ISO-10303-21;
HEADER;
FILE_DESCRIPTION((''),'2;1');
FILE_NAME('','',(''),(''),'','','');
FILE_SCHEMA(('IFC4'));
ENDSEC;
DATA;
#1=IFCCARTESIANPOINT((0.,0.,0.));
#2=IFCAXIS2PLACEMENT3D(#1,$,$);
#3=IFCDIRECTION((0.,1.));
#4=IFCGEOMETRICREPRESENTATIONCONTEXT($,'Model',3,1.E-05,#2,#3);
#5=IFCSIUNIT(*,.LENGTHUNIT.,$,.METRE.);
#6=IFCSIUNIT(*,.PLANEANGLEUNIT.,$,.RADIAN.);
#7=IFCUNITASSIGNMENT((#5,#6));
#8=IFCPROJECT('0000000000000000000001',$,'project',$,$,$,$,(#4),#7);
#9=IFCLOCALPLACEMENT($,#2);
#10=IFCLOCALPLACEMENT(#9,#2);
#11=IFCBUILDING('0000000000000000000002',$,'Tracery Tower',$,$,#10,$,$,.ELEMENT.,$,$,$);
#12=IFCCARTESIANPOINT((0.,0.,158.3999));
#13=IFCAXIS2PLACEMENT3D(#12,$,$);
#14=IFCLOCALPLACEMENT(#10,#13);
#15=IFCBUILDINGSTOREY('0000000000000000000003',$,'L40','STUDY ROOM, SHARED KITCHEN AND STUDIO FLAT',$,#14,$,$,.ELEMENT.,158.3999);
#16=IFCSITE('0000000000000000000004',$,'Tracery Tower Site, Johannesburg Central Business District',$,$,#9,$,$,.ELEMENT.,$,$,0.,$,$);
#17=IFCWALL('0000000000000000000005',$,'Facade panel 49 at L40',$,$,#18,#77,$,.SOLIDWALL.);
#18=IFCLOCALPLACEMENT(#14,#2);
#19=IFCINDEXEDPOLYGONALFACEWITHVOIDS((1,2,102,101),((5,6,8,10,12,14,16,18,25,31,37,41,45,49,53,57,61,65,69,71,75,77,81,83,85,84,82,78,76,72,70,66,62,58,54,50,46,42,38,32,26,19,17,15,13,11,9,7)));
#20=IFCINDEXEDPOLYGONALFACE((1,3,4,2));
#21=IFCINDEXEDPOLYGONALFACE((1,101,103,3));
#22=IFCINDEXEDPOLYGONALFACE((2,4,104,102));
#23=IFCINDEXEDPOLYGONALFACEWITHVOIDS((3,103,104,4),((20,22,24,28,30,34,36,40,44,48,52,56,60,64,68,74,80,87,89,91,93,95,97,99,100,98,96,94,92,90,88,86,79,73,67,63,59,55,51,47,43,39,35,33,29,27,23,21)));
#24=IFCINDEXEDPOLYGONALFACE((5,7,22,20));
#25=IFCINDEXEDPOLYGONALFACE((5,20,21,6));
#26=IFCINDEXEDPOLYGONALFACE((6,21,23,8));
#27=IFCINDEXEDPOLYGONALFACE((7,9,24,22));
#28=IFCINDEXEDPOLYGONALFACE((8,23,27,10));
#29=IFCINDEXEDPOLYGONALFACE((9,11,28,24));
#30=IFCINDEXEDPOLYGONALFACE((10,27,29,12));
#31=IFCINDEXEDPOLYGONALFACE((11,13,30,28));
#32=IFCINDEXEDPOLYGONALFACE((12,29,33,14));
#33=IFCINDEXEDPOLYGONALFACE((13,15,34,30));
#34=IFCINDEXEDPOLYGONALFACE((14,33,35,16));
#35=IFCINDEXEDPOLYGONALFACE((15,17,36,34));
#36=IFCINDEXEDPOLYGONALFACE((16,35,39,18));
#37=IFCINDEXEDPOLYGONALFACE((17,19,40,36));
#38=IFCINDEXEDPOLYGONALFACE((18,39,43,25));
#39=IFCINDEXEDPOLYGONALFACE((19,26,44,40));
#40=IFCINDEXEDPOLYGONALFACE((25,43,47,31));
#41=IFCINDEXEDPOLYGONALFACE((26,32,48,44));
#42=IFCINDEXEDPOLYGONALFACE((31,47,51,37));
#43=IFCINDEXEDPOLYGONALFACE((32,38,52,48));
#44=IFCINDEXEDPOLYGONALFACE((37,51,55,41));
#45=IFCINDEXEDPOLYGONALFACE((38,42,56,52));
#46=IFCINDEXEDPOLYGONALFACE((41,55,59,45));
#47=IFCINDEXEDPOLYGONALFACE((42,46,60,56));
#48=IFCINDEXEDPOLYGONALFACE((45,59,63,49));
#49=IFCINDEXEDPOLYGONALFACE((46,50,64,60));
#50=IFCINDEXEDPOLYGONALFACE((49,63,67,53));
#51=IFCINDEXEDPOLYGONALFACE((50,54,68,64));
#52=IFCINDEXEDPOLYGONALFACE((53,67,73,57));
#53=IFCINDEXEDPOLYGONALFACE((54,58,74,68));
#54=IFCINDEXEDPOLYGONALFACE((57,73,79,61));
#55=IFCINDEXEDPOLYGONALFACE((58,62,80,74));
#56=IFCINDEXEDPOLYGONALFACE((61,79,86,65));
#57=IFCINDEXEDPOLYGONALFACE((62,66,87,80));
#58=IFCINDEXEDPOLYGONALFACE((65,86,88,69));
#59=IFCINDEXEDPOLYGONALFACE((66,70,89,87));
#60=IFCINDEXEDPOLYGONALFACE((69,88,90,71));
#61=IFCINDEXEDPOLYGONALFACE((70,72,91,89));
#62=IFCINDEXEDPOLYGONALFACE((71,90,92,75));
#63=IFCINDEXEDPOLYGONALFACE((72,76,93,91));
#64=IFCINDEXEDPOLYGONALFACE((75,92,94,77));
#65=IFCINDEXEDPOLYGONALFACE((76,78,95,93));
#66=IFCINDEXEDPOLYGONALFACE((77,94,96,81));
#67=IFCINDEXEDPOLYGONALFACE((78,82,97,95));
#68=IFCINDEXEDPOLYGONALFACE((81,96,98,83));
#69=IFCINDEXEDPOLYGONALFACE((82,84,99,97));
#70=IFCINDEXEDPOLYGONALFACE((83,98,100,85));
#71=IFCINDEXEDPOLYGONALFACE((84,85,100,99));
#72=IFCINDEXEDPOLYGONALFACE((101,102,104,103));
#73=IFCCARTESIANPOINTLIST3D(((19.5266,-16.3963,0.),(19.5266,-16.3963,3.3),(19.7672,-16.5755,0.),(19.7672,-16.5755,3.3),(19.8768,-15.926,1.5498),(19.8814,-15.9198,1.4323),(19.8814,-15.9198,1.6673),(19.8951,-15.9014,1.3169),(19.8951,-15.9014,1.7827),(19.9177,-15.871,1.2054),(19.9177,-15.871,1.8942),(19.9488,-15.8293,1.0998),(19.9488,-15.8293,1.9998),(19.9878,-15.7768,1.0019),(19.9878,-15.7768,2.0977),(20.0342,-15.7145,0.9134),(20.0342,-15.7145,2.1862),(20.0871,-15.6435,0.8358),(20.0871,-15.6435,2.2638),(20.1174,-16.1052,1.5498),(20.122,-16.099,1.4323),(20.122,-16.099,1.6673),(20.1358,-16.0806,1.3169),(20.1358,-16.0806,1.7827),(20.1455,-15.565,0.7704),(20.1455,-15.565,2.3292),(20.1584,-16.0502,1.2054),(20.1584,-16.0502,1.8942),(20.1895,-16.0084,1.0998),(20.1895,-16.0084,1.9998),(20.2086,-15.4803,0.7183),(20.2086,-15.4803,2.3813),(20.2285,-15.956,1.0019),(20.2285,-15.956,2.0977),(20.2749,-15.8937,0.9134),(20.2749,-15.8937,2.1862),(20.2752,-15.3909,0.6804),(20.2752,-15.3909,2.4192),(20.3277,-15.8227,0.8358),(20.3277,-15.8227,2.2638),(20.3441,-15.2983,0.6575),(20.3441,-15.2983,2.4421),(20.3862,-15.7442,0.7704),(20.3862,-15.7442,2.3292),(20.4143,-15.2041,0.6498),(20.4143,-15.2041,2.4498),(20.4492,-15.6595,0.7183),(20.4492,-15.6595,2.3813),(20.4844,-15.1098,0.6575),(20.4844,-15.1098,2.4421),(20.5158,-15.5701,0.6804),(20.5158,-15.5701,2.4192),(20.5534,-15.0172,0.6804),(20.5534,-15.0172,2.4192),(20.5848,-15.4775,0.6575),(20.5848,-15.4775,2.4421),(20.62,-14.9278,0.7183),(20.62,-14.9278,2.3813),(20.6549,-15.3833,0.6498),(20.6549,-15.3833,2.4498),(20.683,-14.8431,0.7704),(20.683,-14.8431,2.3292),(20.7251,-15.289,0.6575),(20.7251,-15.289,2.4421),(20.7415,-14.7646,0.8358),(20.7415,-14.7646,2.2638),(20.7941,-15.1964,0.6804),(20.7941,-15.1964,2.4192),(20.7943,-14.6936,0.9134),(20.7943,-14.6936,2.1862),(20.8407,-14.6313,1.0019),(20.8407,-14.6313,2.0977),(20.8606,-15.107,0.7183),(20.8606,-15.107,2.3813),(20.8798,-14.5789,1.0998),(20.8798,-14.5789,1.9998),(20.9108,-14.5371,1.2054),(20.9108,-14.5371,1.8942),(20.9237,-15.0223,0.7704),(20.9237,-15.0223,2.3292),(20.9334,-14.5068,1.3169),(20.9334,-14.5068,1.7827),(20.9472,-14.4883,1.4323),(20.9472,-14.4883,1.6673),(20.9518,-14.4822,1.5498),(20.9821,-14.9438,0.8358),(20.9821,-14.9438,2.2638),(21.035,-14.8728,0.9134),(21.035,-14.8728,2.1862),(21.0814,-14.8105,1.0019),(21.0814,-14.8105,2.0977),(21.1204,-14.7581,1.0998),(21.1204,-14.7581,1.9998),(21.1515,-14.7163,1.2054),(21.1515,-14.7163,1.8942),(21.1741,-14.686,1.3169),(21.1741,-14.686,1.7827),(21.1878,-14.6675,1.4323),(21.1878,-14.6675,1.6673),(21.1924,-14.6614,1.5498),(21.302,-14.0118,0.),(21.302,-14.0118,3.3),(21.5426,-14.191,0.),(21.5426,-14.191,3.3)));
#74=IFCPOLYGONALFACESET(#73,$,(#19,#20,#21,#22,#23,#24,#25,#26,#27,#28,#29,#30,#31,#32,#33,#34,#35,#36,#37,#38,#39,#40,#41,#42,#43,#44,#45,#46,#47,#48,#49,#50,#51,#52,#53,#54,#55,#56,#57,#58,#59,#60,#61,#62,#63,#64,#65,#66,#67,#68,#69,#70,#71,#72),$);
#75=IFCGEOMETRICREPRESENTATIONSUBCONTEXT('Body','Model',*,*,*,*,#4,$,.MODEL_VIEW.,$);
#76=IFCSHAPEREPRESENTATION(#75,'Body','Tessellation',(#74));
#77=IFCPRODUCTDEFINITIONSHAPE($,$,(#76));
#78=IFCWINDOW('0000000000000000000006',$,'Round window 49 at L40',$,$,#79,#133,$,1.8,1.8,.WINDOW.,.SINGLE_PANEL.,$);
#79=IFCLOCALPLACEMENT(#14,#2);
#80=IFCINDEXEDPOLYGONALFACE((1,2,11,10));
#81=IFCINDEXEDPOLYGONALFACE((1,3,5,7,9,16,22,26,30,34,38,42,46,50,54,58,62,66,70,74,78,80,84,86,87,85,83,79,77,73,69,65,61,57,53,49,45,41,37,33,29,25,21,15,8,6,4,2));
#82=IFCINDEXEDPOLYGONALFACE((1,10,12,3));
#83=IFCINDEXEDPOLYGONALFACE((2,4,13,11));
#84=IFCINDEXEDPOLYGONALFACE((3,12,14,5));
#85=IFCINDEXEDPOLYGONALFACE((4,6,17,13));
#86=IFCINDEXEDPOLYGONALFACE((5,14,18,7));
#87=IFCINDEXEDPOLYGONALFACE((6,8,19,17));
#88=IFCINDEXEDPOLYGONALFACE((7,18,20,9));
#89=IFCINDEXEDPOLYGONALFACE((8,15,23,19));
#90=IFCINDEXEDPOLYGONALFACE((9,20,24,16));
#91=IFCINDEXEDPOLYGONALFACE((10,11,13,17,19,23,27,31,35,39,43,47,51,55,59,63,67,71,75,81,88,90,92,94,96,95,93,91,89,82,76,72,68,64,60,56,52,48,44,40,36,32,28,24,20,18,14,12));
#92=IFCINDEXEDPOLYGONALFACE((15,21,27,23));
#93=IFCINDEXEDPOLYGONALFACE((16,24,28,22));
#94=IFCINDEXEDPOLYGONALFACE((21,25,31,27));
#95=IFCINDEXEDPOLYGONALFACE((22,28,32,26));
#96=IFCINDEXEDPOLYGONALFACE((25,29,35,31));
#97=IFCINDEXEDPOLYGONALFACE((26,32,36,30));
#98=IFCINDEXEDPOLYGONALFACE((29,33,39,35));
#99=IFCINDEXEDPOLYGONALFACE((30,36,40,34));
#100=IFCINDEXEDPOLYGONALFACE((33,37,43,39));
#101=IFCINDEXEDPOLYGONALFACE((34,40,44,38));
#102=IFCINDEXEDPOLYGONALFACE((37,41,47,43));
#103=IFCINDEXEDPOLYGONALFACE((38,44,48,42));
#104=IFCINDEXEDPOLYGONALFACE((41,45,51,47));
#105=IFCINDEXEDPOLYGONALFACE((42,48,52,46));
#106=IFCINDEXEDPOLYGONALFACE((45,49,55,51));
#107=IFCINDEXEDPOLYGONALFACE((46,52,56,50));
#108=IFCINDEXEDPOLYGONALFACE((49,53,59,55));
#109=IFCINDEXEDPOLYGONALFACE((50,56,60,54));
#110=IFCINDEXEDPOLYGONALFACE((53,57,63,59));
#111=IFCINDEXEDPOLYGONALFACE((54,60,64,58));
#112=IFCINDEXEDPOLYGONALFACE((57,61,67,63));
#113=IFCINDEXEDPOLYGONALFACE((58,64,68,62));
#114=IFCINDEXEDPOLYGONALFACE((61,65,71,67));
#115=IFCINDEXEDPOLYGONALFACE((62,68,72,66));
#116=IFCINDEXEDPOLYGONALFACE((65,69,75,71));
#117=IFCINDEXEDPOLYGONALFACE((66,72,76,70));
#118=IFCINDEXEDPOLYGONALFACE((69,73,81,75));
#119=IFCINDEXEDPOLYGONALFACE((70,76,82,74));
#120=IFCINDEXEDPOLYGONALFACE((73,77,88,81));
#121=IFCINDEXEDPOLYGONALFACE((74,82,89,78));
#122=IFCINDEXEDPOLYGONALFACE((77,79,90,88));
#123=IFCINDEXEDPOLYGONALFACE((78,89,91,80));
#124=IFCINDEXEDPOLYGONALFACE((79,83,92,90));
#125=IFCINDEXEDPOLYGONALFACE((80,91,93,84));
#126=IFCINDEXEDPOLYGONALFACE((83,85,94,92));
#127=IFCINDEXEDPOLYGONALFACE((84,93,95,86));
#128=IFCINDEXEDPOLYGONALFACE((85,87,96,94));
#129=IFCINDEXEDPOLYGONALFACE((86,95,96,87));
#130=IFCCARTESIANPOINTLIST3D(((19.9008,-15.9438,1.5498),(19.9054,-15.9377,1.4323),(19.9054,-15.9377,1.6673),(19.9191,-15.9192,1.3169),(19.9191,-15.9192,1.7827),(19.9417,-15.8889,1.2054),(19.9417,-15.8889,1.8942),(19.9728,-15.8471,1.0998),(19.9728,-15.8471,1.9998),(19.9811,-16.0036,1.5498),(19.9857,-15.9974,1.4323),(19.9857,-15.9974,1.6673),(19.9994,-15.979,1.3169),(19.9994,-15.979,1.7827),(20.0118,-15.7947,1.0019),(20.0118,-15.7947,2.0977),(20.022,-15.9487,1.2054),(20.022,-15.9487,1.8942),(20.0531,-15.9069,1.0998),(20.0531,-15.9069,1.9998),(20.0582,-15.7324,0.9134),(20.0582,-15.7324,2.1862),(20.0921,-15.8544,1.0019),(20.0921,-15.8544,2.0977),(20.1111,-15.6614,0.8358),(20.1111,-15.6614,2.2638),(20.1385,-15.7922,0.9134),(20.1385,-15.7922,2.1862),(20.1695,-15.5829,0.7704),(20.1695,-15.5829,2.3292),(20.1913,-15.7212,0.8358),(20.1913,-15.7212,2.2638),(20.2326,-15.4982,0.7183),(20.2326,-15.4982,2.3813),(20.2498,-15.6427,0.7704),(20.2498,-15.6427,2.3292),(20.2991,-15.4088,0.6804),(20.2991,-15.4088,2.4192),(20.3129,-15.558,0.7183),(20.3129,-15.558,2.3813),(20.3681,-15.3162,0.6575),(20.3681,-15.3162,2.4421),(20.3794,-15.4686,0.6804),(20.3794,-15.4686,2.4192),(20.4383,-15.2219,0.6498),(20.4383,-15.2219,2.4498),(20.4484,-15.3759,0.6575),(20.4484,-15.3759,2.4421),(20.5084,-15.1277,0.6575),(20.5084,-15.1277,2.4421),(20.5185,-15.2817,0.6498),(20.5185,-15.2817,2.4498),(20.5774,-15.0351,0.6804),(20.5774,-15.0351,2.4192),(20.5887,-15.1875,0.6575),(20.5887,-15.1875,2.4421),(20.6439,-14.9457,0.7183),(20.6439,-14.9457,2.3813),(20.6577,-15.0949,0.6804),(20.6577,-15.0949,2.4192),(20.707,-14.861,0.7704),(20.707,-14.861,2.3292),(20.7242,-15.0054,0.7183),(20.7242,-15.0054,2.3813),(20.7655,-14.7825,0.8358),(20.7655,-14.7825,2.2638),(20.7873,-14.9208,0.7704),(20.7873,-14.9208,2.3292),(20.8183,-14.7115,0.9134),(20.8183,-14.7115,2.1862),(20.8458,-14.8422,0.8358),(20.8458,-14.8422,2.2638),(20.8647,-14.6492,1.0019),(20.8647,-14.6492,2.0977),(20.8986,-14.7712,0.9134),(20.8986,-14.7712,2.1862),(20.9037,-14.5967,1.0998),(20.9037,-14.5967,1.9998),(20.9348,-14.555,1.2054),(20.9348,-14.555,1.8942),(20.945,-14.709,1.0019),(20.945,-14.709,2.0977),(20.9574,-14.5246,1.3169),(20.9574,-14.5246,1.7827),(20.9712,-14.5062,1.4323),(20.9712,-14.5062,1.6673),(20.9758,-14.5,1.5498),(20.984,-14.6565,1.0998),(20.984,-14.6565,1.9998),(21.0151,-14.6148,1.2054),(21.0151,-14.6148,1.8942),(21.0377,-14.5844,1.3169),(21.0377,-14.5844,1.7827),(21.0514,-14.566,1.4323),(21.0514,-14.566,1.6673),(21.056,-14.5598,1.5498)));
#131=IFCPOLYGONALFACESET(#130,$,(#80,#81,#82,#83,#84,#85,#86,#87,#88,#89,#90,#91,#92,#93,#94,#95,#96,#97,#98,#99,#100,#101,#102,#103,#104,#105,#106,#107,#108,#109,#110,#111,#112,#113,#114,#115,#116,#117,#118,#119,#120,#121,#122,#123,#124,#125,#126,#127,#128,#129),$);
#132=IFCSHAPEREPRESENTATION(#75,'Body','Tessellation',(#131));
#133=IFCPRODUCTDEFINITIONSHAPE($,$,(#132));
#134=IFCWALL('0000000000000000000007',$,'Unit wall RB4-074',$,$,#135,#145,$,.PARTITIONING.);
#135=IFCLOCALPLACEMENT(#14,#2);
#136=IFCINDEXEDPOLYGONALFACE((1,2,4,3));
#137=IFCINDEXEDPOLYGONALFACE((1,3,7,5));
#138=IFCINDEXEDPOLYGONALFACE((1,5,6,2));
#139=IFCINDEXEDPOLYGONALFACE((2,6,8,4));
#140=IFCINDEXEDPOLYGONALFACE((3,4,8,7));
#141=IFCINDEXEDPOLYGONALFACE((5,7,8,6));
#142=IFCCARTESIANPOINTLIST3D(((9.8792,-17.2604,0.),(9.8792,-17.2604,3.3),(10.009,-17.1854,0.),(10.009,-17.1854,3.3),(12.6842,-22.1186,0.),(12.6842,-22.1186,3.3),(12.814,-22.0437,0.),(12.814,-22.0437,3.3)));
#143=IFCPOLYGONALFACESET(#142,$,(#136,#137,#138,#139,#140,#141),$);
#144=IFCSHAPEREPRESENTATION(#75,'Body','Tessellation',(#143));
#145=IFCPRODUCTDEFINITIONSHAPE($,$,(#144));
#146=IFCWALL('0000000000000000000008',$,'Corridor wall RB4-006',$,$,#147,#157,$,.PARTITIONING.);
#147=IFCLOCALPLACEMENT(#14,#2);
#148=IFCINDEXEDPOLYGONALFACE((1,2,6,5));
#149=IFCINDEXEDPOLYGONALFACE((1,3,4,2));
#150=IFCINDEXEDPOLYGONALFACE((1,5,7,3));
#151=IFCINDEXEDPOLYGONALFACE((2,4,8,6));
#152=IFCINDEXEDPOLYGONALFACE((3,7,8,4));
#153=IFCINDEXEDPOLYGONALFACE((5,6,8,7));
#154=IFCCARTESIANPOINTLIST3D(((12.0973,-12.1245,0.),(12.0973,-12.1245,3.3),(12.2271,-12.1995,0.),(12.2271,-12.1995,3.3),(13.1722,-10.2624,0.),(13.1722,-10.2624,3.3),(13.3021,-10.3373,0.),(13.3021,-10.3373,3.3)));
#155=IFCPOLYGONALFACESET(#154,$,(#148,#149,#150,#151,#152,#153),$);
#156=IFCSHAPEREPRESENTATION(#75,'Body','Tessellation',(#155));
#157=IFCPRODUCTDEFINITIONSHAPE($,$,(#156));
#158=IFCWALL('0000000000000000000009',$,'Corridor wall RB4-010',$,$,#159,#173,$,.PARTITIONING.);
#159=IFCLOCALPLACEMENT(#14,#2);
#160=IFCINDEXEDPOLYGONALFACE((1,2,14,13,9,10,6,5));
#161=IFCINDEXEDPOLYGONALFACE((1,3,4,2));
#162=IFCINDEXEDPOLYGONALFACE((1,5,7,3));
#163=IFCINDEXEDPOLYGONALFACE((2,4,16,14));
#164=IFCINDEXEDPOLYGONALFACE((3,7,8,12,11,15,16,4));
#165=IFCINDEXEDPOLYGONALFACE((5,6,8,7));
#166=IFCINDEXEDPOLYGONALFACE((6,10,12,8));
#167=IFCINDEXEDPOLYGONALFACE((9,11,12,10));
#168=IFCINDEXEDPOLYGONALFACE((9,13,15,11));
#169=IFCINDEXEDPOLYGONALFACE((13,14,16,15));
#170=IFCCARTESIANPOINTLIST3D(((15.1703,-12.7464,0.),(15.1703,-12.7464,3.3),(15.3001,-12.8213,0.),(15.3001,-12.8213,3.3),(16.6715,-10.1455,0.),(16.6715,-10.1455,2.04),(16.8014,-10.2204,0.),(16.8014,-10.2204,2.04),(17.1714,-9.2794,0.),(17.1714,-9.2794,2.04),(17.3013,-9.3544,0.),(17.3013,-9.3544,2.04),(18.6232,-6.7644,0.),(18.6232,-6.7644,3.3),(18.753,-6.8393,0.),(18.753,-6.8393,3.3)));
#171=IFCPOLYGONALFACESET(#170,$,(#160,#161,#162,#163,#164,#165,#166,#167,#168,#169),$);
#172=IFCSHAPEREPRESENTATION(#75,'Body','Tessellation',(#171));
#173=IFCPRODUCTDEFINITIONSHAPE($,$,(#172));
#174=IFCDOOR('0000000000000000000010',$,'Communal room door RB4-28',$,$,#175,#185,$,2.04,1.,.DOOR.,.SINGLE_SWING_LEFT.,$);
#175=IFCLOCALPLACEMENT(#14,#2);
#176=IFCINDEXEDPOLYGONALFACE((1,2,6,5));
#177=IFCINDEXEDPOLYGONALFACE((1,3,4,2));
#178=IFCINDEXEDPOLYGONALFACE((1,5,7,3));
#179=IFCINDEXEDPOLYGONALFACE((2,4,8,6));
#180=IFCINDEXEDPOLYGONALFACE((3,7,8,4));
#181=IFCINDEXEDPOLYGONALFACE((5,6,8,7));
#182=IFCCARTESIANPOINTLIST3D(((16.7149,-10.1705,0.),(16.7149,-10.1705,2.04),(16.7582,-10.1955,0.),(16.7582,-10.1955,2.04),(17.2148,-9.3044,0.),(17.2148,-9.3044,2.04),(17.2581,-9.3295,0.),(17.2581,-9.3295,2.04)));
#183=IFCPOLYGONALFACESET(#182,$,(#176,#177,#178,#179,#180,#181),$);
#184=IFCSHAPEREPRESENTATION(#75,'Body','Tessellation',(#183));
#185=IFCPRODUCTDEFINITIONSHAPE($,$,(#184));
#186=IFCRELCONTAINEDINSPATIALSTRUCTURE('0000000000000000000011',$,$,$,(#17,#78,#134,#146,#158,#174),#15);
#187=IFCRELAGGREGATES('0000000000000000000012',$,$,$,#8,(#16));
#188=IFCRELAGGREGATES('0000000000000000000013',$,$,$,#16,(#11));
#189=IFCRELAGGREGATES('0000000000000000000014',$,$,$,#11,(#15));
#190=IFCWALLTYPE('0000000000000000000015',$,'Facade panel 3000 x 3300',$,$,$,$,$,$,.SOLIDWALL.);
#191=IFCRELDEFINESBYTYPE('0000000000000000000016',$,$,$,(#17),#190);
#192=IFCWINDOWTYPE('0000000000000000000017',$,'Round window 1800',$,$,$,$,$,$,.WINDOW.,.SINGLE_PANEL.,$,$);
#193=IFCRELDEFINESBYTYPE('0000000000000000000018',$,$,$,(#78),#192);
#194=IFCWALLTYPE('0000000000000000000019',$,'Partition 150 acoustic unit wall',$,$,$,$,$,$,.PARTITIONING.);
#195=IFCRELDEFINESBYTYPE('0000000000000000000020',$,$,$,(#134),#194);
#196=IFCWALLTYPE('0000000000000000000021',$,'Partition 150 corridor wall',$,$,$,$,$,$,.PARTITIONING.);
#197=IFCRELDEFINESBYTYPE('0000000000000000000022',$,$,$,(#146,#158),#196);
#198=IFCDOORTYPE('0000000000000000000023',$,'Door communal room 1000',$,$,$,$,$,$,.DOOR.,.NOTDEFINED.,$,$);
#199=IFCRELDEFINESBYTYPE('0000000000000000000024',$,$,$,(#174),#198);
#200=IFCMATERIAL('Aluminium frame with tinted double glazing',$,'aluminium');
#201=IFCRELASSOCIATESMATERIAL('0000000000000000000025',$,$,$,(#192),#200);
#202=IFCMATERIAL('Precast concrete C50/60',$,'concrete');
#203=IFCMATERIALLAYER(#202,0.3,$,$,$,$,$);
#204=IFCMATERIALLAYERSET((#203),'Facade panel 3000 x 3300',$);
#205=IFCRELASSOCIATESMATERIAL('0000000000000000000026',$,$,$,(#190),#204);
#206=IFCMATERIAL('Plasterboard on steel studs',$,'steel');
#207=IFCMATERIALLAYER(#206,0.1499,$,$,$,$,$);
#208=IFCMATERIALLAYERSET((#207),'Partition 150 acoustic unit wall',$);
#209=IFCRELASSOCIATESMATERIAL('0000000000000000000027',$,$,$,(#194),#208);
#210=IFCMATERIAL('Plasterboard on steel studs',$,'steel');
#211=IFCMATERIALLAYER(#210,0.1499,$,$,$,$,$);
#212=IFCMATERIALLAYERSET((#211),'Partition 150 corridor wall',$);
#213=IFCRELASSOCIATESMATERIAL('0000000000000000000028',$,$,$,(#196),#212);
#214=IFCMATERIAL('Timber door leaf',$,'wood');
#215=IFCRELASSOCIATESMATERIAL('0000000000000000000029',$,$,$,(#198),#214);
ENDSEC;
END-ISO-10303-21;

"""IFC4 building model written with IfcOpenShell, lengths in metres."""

from ifc_helpers import new_model, si_unit, direction, frame, frame_2d, origin, origin_2d, place, context, subcontext, project, spatial, rectangle, circle, extrude, material, layer, layer_set, type_object, element, fill, save


model = new_model("IFC4")

# Units and contexts
model_context = context("Model", 3, precision=1e-05, world=origin(), true_north=direction((0.0, 1.0)))
body_context = subcontext(model_context, "Body", "Model", "MODEL_VIEW")
ifc_project = project(units=[si_unit("LENGTHUNIT", "METRE"), si_unit("PLANEANGLEUNIT", "RADIAN")], contexts=[model_context])

# Site, building, storey
site_placement = place(None, origin())
site = spatial("IfcSite", under=ifc_project, at=site_placement, Name="Tracery Tower Site, Johannesburg Central Business District", CompositionType="ELEMENT", RefElevation=0.0)
building_placement = place(site_placement, origin())
building = spatial("IfcBuilding", under=site, at=building_placement, Name="Tracery Tower", CompositionType="ELEMENT")
storey_placement = place(building_placement, frame((0.0, 0.0, 158.3999)))
storey = spatial("IfcBuildingStorey", under=building, at=storey_placement, Name="L40", Description="STUDY ROOM, SHARED KITCHEN AND STUDIO FLAT", CompositionType="ELEMENT", Elevation=158.3999)

# Wall, opening, window
ifc_material_1 = material(Name="Aluminium frame with tinted double glazing", Category="aluminium")
window_type = type_object("IfcWindowType", Name="Round window 1800", PartitioningType="SINGLE_PANEL", PredefinedType="WINDOW", material=ifc_material_1)
ifc_material_2 = material(Name="Precast concrete C50/60", Category="concrete")
ifc_layer_1 = layer(ifc_material_2, 0.3)
ifc_layer_set_1 = layer_set([ifc_layer_1], Name="Facade panel 3000 x 3300")
wall_type_1 = type_object("IfcWallType", Name="Facade panel 3000 x 3300", PredefinedType="SOLIDWALL", material=ifc_layer_set_1)
wall_1_placement = place(storey_placement, frame((19.647, -16.4858, 0.0), z_axis=(0.0, 0.0, 1.0), x_axis=(0.597198, 0.802094, 0.0)))
wall_1 = element("IfcWall", 1, at=wall_1_placement, inside=storey, type_object=wall_type_1, Name="Facade panel 49 at L40", PredefinedType="SOLIDWALL", context=body_context, shape_type="SweptSolid", body=[
    extrude(rectangle(XDim=2.9729, YDim=0.3, at=frame_2d((1.4863, 0.0))), origin(), (0.0, 0.0, 1.0), 3.3),
])
opening_1_placement = place(wall_1_placement, frame((1.4863, 0.0, 1.5498)))
opening_1 = element("IfcOpeningElement", 2, at=opening_1_placement, cuts=wall_1, PredefinedType="OPENING", context=body_context, shape_type="SweptSolid", body=[
    extrude(circle(Radius=0.9, at=origin_2d()), frame((0.0, 0.1599, 0.0), z_axis=(0.0, -1.0, 0.0), x_axis=(1.0, 0.0, 0.0)), (0.0, 0.0, 1.0), 0.3201),
])
window_1_placement = place(opening_1_placement, origin())
window_1 = element("IfcWindow", 3, at=window_1_placement, inside=storey, type_object=window_type, Name="Round window 49 at L40", OverallHeight=1.8, OverallWidth=1.8, PartitioningType="SINGLE_PANEL", PredefinedType="WINDOW", context=body_context, shape_type="SweptSolid", body=[
    extrude(circle(Radius=0.9, at=origin_2d()), frame((0.0, 0.1201, 0.0), z_axis=(0.0, -1.0, 0.0), x_axis=(1.0, 0.0, 0.0)), (0.0, 0.0, 1.0), 0.1001),
])
fill(opening_1, window_1)

# Walls
ifc_material_3 = material(Name="Plasterboard on steel studs", Category="steel")
ifc_layer_2 = layer(ifc_material_3, 0.1499)
ifc_layer_set_2 = layer_set([ifc_layer_2], Name="Partition 150 acoustic unit wall")
wall_type_2 = type_object("IfcWallType", Name="Partition 150 acoustic unit wall", PredefinedType="PARTITIONING", material=ifc_layer_set_2)
wall_2_placement = place(storey_placement, frame((9.9441, -17.2229, 0.0), z_axis=(0.0, 0.0, 1.0), x_axis=(0.50001, -0.86602, 0.0)))
element("IfcWall", 4, at=wall_2_placement, inside=storey, type_object=wall_type_2, Name="Unit wall RB4-074", PredefinedType="PARTITIONING", context=body_context, shape_type="SweptSolid", body=[
    extrude(rectangle(XDim=5.6099, YDim=0.1499, at=frame_2d((2.8049, 0.0))), origin(), (0.0, 0.0, 1.0), 3.3),
])
ifc_material_4 = material(Name="Plasterboard on steel studs", Category="steel")
ifc_layer_3 = layer(ifc_material_4, 0.1499)
ifc_layer_set_3 = layer_set([ifc_layer_3], Name="Partition 150 corridor wall")
wall_type_3 = type_object("IfcWallType", Name="Partition 150 corridor wall", PredefinedType="PARTITIONING", material=ifc_layer_set_3)
wall_3_placement = place(storey_placement, frame((12.1621, -12.1621, 0.0), z_axis=(0.0, 0.0, 1.0), x_axis=(0.499962, 0.866048, 0.0)))
element("IfcWall", 5, at=wall_3_placement, inside=storey, type_object=wall_type_3, Name="Corridor wall RB4-006", PredefinedType="PARTITIONING", context=body_context, shape_type="SweptSolid", body=[
    extrude(rectangle(XDim=2.1501, YDim=0.1499, at=frame_2d((1.0752, 0.0))), origin(), (0.0, 0.0, 1.0), 3.3),
])

# Wall, opening, door
wall_4_placement = place(storey_placement, frame((15.2351, -12.7839, 0.0), z_axis=(0.0, 0.0, 1.0), x_axis=(0.499914, 0.866075, 0.0)))
wall_4 = element("IfcWall", 6, at=wall_4_placement, inside=storey, type_object=wall_type_3, Name="Corridor wall RB4-010", PredefinedType="PARTITIONING", context=body_context, shape_type="SweptSolid", body=[
    extrude(rectangle(XDim=6.907, YDim=0.1499, at=frame_2d((3.4536, 0.0))), origin(), (0.0, 0.0, 1.0), 3.3),
])
opening_2_placement = place(wall_4_placement, frame((3.0032, 0.0, 0.0)))
opening_2 = element("IfcOpeningElement", 7, at=opening_2_placement, cuts=wall_4, PredefinedType="OPENING", context=body_context, shape_type="SweptSolid", body=[
    extrude(rectangle(XDim=1.0, YDim=2.04, at=frame_2d((0.5, 1.02))), frame((0.0, 0.075, 0.0), z_axis=(0.0, -1.0, 0.0), x_axis=(1.0, 0.0, 0.0)), (0.0, 0.0, 1.0), 0.1499),
])
ifc_material_5 = material(Name="Timber door leaf", Category="wood")
door_type = type_object("IfcDoorType", Name="Door communal room 1000", OperationType="NOTDEFINED", PredefinedType="DOOR", material=ifc_material_5)
door_placement = place(opening_2_placement, origin())
door = element("IfcDoor", 8, at=door_placement, inside=storey, type_object=door_type, Name="Communal room door RB4-28", OperationType="SINGLE_SWING_LEFT", OverallHeight=2.04, OverallWidth=1.0, PredefinedType="DOOR", context=body_context, shape_type="SweptSolid", body=[
    extrude(rectangle(XDim=1.0, YDim=2.04, at=frame_2d((0.5, 1.02))), frame((0.0, 0.0249, 0.0), z_axis=(0.0, -1.0, 0.0), x_axis=(1.0, 0.0, 0.0)), (0.0, 0.0, 1.0), 0.05),
])
fill(opening_2, door)

save(model, "model.ifc")
